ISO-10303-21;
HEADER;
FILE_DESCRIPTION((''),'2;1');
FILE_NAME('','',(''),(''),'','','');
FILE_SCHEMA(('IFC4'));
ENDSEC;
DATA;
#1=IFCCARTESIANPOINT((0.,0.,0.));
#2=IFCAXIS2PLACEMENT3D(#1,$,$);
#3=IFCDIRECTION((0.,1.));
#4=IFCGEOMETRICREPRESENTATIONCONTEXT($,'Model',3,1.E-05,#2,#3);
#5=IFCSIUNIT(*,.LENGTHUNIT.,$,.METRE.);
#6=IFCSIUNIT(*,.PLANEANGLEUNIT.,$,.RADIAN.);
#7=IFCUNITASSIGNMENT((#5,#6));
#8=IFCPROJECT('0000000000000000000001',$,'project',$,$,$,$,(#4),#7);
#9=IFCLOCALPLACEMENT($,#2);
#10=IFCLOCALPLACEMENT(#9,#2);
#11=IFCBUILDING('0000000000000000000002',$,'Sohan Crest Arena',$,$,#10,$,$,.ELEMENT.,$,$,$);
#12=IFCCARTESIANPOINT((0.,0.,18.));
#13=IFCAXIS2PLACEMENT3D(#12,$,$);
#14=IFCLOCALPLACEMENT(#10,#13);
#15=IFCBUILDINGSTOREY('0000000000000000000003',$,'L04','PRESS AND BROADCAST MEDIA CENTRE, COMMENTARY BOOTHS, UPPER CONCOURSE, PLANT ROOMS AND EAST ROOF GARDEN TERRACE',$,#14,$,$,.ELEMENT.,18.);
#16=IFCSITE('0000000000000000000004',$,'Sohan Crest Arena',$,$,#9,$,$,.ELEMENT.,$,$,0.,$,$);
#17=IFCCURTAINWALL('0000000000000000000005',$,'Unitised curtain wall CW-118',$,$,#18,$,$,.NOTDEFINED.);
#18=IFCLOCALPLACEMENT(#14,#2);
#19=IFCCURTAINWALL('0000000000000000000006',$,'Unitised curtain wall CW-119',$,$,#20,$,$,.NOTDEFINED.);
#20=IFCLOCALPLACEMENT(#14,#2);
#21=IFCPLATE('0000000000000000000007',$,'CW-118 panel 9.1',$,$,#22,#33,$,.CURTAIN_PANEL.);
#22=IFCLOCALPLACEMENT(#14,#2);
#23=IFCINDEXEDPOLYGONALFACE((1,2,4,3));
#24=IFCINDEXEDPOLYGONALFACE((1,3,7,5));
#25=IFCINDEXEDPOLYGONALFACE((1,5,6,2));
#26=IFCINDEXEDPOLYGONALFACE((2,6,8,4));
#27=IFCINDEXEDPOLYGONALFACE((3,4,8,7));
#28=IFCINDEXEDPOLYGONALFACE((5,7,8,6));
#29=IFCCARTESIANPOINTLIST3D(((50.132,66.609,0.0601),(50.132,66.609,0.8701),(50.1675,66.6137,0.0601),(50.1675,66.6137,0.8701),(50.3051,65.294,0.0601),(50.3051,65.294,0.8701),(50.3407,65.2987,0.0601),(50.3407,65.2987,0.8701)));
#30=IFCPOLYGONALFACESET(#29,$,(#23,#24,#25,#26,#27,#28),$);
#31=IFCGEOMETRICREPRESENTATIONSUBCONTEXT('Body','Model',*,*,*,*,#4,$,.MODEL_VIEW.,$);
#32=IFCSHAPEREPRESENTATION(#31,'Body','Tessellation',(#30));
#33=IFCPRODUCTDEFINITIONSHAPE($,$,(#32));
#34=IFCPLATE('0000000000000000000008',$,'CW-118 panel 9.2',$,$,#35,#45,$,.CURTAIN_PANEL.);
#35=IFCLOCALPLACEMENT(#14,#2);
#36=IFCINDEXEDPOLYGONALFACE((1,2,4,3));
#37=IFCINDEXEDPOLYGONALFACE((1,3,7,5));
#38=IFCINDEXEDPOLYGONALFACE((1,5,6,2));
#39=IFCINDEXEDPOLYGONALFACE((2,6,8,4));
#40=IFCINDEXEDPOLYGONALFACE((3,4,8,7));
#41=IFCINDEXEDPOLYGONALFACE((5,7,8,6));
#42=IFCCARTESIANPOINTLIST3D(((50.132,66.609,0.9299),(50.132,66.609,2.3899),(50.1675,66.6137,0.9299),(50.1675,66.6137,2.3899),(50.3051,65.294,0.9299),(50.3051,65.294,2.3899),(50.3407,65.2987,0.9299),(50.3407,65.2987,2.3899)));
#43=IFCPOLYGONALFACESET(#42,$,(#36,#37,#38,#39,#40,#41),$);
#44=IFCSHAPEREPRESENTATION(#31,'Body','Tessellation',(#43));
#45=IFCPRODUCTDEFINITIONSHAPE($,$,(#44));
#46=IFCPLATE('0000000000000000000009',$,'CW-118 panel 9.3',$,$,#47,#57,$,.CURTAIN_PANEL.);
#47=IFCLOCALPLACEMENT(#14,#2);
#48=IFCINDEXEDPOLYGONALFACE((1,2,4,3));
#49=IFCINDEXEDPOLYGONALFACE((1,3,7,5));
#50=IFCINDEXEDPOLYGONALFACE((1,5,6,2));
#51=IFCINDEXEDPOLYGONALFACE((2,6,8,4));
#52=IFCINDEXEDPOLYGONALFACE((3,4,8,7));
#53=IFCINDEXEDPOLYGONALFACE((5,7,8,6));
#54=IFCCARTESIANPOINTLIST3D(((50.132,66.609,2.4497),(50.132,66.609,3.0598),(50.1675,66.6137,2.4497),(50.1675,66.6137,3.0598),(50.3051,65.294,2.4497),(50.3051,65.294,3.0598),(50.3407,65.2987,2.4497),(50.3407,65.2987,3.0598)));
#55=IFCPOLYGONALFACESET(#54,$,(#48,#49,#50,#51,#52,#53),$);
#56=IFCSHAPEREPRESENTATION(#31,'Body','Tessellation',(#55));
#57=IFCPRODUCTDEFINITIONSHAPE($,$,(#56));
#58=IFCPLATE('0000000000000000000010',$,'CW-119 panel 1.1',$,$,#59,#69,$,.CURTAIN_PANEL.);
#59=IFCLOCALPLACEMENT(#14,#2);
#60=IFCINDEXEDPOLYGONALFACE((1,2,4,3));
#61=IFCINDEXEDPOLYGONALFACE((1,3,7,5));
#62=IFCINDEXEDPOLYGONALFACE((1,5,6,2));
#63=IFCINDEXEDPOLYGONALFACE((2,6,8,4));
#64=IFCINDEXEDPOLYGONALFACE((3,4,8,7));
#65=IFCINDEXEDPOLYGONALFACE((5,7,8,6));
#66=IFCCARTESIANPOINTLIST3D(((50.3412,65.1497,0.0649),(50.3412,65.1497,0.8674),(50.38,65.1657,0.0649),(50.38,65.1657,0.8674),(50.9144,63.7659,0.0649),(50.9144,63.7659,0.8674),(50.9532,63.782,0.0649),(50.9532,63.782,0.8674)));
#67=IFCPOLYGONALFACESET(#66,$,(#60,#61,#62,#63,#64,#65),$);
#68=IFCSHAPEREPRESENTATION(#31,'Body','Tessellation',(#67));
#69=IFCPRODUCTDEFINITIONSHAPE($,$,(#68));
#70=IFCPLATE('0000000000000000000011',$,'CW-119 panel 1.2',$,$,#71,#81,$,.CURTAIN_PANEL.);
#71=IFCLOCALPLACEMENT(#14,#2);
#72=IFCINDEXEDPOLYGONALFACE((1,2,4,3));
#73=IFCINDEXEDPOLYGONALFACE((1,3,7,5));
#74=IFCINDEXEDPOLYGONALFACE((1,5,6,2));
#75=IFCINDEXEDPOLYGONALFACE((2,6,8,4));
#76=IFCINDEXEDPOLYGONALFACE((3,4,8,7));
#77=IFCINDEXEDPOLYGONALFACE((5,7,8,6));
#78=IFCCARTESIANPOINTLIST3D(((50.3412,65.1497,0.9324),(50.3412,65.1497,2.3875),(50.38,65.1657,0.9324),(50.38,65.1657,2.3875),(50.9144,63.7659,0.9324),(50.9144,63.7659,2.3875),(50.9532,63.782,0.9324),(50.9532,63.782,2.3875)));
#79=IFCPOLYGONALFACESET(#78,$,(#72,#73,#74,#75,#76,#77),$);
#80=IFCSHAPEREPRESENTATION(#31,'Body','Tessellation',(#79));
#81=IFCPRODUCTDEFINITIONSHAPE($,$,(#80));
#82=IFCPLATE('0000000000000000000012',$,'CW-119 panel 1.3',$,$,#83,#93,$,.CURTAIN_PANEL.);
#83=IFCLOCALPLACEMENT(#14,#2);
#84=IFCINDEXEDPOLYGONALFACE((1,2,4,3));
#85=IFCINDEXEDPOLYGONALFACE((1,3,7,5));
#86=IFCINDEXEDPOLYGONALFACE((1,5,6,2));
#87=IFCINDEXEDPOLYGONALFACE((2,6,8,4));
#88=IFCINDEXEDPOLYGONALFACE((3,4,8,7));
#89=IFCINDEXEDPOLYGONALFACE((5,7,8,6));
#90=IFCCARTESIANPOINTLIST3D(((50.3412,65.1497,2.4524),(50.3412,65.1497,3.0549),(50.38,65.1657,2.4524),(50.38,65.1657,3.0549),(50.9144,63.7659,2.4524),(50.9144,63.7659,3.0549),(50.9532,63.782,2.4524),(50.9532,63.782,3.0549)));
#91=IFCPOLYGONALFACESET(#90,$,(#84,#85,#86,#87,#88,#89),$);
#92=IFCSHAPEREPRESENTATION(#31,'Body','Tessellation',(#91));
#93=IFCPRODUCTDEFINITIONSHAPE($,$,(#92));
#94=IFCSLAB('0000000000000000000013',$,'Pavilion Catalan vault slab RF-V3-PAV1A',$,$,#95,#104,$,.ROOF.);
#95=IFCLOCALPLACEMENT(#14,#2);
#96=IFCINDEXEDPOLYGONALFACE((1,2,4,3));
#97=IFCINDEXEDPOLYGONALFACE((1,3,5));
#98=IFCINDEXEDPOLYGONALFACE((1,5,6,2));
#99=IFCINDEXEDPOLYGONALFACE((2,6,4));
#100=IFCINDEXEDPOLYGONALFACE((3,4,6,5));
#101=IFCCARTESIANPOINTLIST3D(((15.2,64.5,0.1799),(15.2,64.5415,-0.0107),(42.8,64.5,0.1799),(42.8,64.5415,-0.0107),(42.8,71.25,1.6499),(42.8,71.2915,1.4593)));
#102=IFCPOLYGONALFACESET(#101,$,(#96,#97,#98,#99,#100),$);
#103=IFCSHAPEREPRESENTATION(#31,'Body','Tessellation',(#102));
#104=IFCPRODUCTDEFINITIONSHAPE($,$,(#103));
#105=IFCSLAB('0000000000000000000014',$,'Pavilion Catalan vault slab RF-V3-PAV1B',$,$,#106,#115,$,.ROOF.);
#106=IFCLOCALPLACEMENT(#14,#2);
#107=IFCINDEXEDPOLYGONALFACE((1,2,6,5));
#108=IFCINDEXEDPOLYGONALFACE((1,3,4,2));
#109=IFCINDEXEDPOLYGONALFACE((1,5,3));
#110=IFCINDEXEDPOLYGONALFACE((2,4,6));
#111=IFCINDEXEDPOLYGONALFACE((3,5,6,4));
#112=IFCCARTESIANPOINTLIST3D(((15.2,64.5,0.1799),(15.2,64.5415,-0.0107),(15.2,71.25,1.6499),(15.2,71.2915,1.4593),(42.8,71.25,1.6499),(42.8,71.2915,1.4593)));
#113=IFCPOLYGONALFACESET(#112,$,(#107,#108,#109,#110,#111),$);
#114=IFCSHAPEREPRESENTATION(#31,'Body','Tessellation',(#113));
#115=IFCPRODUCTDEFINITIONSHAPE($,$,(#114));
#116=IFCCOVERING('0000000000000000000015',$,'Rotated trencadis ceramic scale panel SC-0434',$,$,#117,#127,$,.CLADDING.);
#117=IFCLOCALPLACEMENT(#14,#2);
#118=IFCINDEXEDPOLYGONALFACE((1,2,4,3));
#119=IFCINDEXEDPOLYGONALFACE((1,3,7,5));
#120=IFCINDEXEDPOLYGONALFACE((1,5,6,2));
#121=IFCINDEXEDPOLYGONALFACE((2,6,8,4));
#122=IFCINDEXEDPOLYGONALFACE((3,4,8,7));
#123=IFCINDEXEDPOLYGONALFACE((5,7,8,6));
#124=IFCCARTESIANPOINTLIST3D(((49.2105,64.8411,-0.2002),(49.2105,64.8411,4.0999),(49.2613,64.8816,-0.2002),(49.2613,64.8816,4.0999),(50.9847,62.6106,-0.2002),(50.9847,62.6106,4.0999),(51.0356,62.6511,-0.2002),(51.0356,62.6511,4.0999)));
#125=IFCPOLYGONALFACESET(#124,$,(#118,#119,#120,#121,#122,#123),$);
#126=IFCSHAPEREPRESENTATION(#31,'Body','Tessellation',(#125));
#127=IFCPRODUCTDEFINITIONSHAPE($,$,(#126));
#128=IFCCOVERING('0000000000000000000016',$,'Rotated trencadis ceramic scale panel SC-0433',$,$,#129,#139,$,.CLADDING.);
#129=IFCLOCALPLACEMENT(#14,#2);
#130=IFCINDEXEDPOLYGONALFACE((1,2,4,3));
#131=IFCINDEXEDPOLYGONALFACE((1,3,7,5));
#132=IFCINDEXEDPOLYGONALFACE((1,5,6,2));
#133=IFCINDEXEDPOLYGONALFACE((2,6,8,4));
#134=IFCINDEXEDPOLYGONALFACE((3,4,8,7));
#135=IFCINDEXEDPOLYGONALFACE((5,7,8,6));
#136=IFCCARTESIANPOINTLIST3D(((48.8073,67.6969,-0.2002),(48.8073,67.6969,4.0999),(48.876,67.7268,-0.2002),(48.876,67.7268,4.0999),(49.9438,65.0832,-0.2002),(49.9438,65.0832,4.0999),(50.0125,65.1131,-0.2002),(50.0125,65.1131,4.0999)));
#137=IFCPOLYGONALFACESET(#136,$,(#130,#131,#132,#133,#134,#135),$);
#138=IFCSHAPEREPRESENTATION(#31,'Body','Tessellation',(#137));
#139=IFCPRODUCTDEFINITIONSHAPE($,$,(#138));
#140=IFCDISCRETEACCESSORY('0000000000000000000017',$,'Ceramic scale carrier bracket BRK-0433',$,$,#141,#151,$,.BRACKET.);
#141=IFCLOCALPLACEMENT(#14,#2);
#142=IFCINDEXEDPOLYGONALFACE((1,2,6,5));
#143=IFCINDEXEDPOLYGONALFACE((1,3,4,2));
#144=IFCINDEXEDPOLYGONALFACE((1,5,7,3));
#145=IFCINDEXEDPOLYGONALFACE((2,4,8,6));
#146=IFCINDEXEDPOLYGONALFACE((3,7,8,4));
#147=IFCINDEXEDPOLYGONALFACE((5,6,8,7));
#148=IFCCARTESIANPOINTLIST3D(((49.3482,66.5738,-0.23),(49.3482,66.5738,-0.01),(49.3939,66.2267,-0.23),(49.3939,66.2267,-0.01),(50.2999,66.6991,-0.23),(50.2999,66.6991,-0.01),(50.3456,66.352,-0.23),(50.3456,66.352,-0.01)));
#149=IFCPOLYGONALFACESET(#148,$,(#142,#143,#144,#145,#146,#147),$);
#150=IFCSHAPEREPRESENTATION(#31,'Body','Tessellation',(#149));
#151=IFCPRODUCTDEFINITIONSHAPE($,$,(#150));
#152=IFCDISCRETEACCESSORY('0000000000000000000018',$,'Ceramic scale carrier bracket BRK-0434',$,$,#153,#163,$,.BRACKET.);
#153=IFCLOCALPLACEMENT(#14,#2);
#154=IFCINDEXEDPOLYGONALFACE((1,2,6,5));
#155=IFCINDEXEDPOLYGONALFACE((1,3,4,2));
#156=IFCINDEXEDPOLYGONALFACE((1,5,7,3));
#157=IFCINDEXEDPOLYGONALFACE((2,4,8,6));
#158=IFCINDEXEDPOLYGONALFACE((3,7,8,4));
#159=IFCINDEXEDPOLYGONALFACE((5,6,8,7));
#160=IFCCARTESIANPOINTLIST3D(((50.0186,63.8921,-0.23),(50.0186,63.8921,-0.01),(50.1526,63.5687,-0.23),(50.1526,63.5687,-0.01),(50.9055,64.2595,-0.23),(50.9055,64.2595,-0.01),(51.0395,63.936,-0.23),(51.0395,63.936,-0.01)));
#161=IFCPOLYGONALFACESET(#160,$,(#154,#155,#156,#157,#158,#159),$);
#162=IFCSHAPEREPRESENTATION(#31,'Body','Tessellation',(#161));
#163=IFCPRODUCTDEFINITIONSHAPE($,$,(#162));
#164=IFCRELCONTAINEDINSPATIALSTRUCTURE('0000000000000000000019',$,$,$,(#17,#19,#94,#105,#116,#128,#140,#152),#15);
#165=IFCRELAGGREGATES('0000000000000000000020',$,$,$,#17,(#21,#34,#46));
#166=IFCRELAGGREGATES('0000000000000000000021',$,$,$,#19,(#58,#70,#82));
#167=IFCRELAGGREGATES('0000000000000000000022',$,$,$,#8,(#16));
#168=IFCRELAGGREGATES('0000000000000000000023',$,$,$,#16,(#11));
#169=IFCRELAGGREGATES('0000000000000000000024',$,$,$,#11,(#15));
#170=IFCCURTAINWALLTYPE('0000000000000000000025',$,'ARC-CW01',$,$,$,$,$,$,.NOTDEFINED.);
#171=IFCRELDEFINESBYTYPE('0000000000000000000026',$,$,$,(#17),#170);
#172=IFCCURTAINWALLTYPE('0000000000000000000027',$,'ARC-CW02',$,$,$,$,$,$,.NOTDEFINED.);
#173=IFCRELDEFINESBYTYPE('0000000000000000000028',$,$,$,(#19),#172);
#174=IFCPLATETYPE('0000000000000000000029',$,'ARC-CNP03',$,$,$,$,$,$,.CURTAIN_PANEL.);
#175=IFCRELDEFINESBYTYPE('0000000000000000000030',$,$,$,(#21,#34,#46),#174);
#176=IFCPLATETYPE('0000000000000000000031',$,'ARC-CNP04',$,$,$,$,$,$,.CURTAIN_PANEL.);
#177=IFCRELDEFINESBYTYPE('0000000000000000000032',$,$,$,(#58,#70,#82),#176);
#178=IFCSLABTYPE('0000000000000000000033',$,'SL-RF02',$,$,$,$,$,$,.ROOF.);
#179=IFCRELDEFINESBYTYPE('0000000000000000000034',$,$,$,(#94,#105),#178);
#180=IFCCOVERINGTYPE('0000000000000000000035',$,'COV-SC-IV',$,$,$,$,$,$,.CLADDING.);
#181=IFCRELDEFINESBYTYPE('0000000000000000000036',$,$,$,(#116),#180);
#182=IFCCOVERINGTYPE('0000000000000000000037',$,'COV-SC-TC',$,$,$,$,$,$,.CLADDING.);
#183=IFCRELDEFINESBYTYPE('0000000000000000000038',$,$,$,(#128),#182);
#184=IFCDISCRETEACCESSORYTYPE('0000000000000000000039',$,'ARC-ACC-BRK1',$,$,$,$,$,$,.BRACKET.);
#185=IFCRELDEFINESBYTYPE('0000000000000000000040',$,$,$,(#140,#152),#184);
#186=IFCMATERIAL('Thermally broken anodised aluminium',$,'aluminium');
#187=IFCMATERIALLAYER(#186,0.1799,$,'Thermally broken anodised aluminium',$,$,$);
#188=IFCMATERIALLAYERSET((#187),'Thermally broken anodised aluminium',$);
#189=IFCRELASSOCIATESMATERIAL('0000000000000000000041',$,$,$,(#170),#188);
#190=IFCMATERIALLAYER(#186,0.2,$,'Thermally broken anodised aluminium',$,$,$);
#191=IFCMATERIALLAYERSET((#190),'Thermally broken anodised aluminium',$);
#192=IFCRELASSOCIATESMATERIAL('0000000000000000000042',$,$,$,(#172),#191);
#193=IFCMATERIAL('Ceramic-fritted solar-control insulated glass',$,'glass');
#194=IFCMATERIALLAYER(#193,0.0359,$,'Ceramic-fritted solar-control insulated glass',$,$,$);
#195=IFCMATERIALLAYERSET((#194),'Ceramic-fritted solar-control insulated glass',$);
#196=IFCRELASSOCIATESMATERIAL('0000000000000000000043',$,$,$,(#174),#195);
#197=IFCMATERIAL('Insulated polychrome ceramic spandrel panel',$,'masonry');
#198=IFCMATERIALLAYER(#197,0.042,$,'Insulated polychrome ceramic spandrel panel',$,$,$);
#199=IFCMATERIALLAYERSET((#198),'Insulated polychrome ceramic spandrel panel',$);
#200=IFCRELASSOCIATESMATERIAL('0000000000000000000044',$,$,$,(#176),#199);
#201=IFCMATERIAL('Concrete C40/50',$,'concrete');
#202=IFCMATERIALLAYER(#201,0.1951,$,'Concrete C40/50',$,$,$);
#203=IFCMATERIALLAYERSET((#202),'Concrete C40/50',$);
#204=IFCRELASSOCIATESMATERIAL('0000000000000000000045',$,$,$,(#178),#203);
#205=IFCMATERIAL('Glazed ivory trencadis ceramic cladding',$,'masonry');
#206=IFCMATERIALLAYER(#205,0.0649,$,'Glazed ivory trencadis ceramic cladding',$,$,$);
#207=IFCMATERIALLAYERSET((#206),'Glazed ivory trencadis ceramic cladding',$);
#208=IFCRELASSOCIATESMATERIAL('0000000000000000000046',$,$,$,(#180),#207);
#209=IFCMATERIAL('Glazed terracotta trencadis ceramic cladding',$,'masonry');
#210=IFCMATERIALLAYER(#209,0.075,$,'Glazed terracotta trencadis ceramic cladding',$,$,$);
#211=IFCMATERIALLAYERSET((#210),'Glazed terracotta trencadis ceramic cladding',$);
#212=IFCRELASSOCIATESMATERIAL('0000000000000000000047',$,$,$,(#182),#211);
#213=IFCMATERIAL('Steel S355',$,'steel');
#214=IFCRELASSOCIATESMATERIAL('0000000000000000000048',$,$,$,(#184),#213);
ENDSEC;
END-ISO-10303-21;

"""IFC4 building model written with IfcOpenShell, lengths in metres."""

from ifc_helpers import new_model, si_unit, direction, frame, origin, origin_2d, place, context, subcontext, project, spatial, polyline, rectangle, outline, extrude, material, layer, layer_set, type_object, element, aggregate, save


model = new_model("IFC4")

# Units and contexts
model_context = context("Model", 3, precision=1e-05, world=origin(), true_north=direction((0.0, 1.0)))
body_context = subcontext(model_context, "Body", "Model", "MODEL_VIEW")
ifc_project = project(units=[si_unit("LENGTHUNIT", "METRE"), si_unit("PLANEANGLEUNIT", "RADIAN")], contexts=[model_context])

# Site, building, storey
site_placement = place(None, origin())
site = spatial("IfcSite", under=ifc_project, at=site_placement, Name="Sohan Crest Arena", CompositionType="ELEMENT", RefElevation=0.0)
building_placement = place(site_placement, origin())
building = spatial("IfcBuilding", under=site, at=building_placement, Name="Sohan Crest Arena", CompositionType="ELEMENT")
storey_placement = place(building_placement, frame((0.0, 0.0, 18.0)))
storey = spatial("IfcBuildingStorey", under=building, at=storey_placement, Name="L04", Description="PRESS AND BROADCAST MEDIA CENTRE, COMMENTARY BOOTHS, UPPER CONCOURSE, PLANT ROOMS AND EAST ROOF GARDEN TERRACE", CompositionType="ELEMENT", Elevation=18.0)

# Curtain wall
ifc_material_1 = material(Name="Thermally broken anodised aluminium", Category="aluminium")
ifc_layer_1 = layer(ifc_material_1, 0.1799, Name="Thermally broken anodised aluminium")
ifc_layer_set_1 = layer_set([ifc_layer_1], Name="Thermally broken anodised aluminium")
curtain_wall_type_1 = type_object("IfcCurtainWallType", Name="ARC-CW01", PredefinedType="NOTDEFINED", material=ifc_layer_set_1)
curtain_wall_1_placement = place(storey_placement, origin())
curtain_wall_1 = element("IfcCurtainWall", 1, at=curtain_wall_1_placement, inside=storey, type_object=curtain_wall_type_1, Name="Unitised curtain wall CW-118", PredefinedType="NOTDEFINED")

# Curtain wall
ifc_layer_2 = layer(ifc_material_1, 0.2, Name="Thermally broken anodised aluminium")
ifc_layer_set_2 = layer_set([ifc_layer_2], Name="Thermally broken anodised aluminium")
curtain_wall_type_2 = type_object("IfcCurtainWallType", Name="ARC-CW02", PredefinedType="NOTDEFINED", material=ifc_layer_set_2)
curtain_wall_2_placement = place(storey_placement, origin())
curtain_wall_2 = element("IfcCurtainWall", 2, at=curtain_wall_2_placement, inside=storey, type_object=curtain_wall_type_2, Name="Unitised curtain wall CW-119", PredefinedType="NOTDEFINED")

# Plates
ifc_material_2 = material(Name="Ceramic-fritted solar-control insulated glass", Category="glass")
ifc_layer_3 = layer(ifc_material_2, 0.0359, Name="Ceramic-fritted solar-control insulated glass")
ifc_layer_set_3 = layer_set([ifc_layer_3], Name="Ceramic-fritted solar-control insulated glass")
plate_type_1 = type_object("IfcPlateType", Name="ARC-CNP03", PredefinedType="CURTAIN_PANEL", material=ifc_layer_set_3)
plate_1_placement = place(storey_placement, frame((50.2363, 65.9539, 0.0601), z_axis=(0.0, 0.0, 1.0), x_axis=(0.130557, -0.991441, 0.0)))
plate_1 = element("IfcPlate", 3, at=plate_1_placement, type_object=plate_type_1, Name="CW-118 panel 9.1", PredefinedType="CURTAIN_PANEL", context=body_context, shape_type="SweptSolid", body=[
    extrude(rectangle(XDim=1.3264, YDim=0.0359, at=origin_2d()), origin(), (0.0, 0.0, 1.0), 0.8101),
])
plate_2_placement = place(storey_placement, frame((50.2363, 65.9539, 0.9299), z_axis=(0.0, 0.0, 1.0), x_axis=(0.130557, -0.991441, 0.0)))
plate_2 = element("IfcPlate", 4, at=plate_2_placement, type_object=plate_type_1, Name="CW-118 panel 9.2", PredefinedType="CURTAIN_PANEL", context=body_context, shape_type="SweptSolid", body=[
    extrude(rectangle(XDim=1.3264, YDim=0.0359, at=origin_2d()), origin(), (0.0, 0.0, 1.0), 1.46),
])
plate_3_placement = place(storey_placement, frame((50.2363, 65.9539, 2.4497), z_axis=(0.0, 0.0, 1.0), x_axis=(0.130557, -0.991441, 0.0)))
plate_3 = element("IfcPlate", 5, at=plate_3_placement, type_object=plate_type_1, Name="CW-118 panel 9.3", PredefinedType="CURTAIN_PANEL", context=body_context, shape_type="SweptSolid", body=[
    extrude(rectangle(XDim=1.3264, YDim=0.0359, at=origin_2d()), origin(), (0.0, 0.0, 1.0), 0.6101),
])
aggregate(curtain_wall_1, [plate_1, plate_2, plate_3])
ifc_material_3 = material(Name="Insulated polychrome ceramic spandrel panel", Category="masonry")
ifc_layer_4 = layer(ifc_material_3, 0.042, Name="Insulated polychrome ceramic spandrel panel")
ifc_layer_set_4 = layer_set([ifc_layer_4], Name="Insulated polychrome ceramic spandrel panel")
plate_type_2 = type_object("IfcPlateType", Name="ARC-CNP04", PredefinedType="CURTAIN_PANEL", material=ifc_layer_set_4)
plate_4_placement = place(storey_placement, frame((50.6472, 64.4658, 0.0649), z_axis=(0.0, 0.0, 1.0), x_axis=(0.382685, -0.923879, 0.0)))
plate_4 = element("IfcPlate", 6, at=plate_4_placement, type_object=plate_type_2, Name="CW-119 panel 1.1", PredefinedType="CURTAIN_PANEL", context=body_context, shape_type="SweptSolid", body=[
    extrude(rectangle(XDim=1.4978, YDim=0.042, at=origin_2d()), origin(), (0.0, 0.0, 1.0), 0.8025),
])
plate_5_placement = place(storey_placement, frame((50.6472, 64.4658, 0.9324), z_axis=(0.0, 0.0, 1.0), x_axis=(0.382685, -0.923879, 0.0)))
plate_5 = element("IfcPlate", 7, at=plate_5_placement, type_object=plate_type_2, Name="CW-119 panel 1.2", PredefinedType="CURTAIN_PANEL", context=body_context, shape_type="SweptSolid", body=[
    extrude(rectangle(XDim=1.4978, YDim=0.042, at=origin_2d()), origin(), (0.0, 0.0, 1.0), 1.4551),
])
plate_6_placement = place(storey_placement, frame((50.6472, 64.4658, 2.4524), z_axis=(0.0, 0.0, 1.0), x_axis=(0.382685, -0.923879, 0.0)))
plate_6 = element("IfcPlate", 8, at=plate_6_placement, type_object=plate_type_2, Name="CW-119 panel 1.3", PredefinedType="CURTAIN_PANEL", context=body_context, shape_type="SweptSolid", body=[
    extrude(rectangle(XDim=1.4978, YDim=0.042, at=origin_2d()), origin(), (0.0, 0.0, 1.0), 0.6025),
])
aggregate(curtain_wall_2, [plate_4, plate_5, plate_6])

# Slabs
ifc_material_4 = material(Name="Concrete C40/50", Category="concrete")
ifc_layer_5 = layer(ifc_material_4, 0.1951, Name="Concrete C40/50")
ifc_layer_set_5 = layer_set([ifc_layer_5], Name="Concrete C40/50")
slab_type = type_object("IfcSlabType", Name="SL-RF02", PredefinedType="ROOF", material=ifc_layer_set_5)
slab_1_placement = place(storey_placement, frame((15.2, 64.5, 0.1799), z_axis=(0.0, -0.212786, 0.977099), x_axis=(1.0, 0.0, 0.0)))
element("IfcSlab", 9, at=slab_1_placement, inside=storey, type_object=slab_type, Name="Pavilion Catalan vault slab RF-V3-PAV1A", PredefinedType="ROOF", context=body_context, shape_type="SweptSolid", body=[
    extrude(outline(polyline([(0.0, 0.0), (27.6001, 0.0), (27.6001, 6.9082), (0.0, 0.0)])), origin(), (0.0, 0.0, -1.0), 0.1951),
])
slab_2_placement = place(storey_placement, frame((15.2, 64.5, 0.1799), z_axis=(0.0, -0.212786, 0.977099), x_axis=(0.970075, 0.237246, 0.051666)))
element("IfcSlab", 10, at=slab_2_placement, inside=storey, type_object=slab_type, Name="Pavilion Catalan vault slab RF-V3-PAV1B", PredefinedType="ROOF", context=body_context, shape_type="SweptSolid", body=[
    extrude(outline(polyline([(0.0, 0.0), (28.4515, 0.0), (1.6774, 6.7015), (0.0, 0.0)])), origin(), (0.0, 0.0, -1.0), 0.1951),
])

# Coverings
ifc_material_5 = material(Name="Glazed ivory trencadis ceramic cladding", Category="masonry")
ifc_layer_6 = layer(ifc_material_5, 0.0649, Name="Glazed ivory trencadis ceramic cladding")
ifc_layer_set_6 = layer_set([ifc_layer_6], Name="Glazed ivory trencadis ceramic cladding")
covering_type_1 = type_object("IfcCoveringType", Name="COV-SC-IV", PredefinedType="CLADDING", material=ifc_layer_set_6)
covering_1_placement = place(storey_placement, frame((50.123, 63.7461, -0.2002), z_axis=(0.0, 0.0, 1.0), x_axis=(0.622515, -0.782608, 0.0)))
element("IfcCovering", 11, at=covering_1_placement, inside=storey, type_object=covering_type_1, Name="Rotated trencadis ceramic scale panel SC-0434", PredefinedType="CLADDING", context=body_context, shape_type="SweptSolid", body=[
    extrude(rectangle(XDim=2.8501, YDim=0.0649, at=origin_2d()), origin(), (0.0, 0.0, 1.0), 4.3),
])
ifc_material_6 = material(Name="Glazed terracotta trencadis ceramic cladding", Category="masonry")
ifc_layer_7 = layer(ifc_material_6, 0.075, Name="Glazed terracotta trencadis ceramic cladding")
ifc_layer_set_7 = layer_set([ifc_layer_7], Name="Glazed terracotta trencadis ceramic cladding")
covering_type_2 = type_object("IfcCoveringType", Name="COV-SC-TC", PredefinedType="CLADDING", material=ifc_layer_set_7)
covering_2_placement = place(storey_placement, frame((49.4099, 66.405, -0.2002), z_axis=(0.0, 0.0, 1.0), x_axis=(0.398749, -0.91706, 0.0)))
element("IfcCovering", 12, at=covering_2_placement, inside=storey, type_object=covering_type_2, Name="Rotated trencadis ceramic scale panel SC-0433", PredefinedType="CLADDING", context=body_context, shape_type="SweptSolid", body=[
    extrude(rectangle(XDim=2.8501, YDim=0.075, at=origin_2d()), origin(), (0.0, 0.0, 1.0), 4.3),
])

# Discrete accessories
ifc_material_7 = material(Name="Steel S355", Category="steel")
discrete_accessory_type = type_object("IfcDiscreteAccessoryType", Name="ARC-ACC-BRK1", PredefinedType="BRACKET", material=ifc_material_7)
for number, where, z_axis, x_axis, name in (
    (13, (49.8469, 66.4629, -0.23), (0.0, 0.0, 1.0), (0.130526, -0.991445, 0.0), "Ceramic scale carrier bracket BRK-0433"),
    (14, (50.5291, 63.9141, -0.23), (0.0, 0.0, 1.0), (0.382683, -0.92388, 0.0), "Ceramic scale carrier bracket BRK-0434"),
):
    element("IfcDiscreteAccessory", number, at=place(storey_placement, frame(where, z_axis=z_axis, x_axis=x_axis)), inside=storey, type_object=discrete_accessory_type, Name=name, PredefinedType="BRACKET", context=body_context, shape_type="SweptSolid", body=[
        extrude(rectangle(XDim=0.3501, YDim=0.96, at=origin_2d()), origin(), (0.0, 0.0, 1.0), 0.22),
    ])

save(model, "model.ifc")
